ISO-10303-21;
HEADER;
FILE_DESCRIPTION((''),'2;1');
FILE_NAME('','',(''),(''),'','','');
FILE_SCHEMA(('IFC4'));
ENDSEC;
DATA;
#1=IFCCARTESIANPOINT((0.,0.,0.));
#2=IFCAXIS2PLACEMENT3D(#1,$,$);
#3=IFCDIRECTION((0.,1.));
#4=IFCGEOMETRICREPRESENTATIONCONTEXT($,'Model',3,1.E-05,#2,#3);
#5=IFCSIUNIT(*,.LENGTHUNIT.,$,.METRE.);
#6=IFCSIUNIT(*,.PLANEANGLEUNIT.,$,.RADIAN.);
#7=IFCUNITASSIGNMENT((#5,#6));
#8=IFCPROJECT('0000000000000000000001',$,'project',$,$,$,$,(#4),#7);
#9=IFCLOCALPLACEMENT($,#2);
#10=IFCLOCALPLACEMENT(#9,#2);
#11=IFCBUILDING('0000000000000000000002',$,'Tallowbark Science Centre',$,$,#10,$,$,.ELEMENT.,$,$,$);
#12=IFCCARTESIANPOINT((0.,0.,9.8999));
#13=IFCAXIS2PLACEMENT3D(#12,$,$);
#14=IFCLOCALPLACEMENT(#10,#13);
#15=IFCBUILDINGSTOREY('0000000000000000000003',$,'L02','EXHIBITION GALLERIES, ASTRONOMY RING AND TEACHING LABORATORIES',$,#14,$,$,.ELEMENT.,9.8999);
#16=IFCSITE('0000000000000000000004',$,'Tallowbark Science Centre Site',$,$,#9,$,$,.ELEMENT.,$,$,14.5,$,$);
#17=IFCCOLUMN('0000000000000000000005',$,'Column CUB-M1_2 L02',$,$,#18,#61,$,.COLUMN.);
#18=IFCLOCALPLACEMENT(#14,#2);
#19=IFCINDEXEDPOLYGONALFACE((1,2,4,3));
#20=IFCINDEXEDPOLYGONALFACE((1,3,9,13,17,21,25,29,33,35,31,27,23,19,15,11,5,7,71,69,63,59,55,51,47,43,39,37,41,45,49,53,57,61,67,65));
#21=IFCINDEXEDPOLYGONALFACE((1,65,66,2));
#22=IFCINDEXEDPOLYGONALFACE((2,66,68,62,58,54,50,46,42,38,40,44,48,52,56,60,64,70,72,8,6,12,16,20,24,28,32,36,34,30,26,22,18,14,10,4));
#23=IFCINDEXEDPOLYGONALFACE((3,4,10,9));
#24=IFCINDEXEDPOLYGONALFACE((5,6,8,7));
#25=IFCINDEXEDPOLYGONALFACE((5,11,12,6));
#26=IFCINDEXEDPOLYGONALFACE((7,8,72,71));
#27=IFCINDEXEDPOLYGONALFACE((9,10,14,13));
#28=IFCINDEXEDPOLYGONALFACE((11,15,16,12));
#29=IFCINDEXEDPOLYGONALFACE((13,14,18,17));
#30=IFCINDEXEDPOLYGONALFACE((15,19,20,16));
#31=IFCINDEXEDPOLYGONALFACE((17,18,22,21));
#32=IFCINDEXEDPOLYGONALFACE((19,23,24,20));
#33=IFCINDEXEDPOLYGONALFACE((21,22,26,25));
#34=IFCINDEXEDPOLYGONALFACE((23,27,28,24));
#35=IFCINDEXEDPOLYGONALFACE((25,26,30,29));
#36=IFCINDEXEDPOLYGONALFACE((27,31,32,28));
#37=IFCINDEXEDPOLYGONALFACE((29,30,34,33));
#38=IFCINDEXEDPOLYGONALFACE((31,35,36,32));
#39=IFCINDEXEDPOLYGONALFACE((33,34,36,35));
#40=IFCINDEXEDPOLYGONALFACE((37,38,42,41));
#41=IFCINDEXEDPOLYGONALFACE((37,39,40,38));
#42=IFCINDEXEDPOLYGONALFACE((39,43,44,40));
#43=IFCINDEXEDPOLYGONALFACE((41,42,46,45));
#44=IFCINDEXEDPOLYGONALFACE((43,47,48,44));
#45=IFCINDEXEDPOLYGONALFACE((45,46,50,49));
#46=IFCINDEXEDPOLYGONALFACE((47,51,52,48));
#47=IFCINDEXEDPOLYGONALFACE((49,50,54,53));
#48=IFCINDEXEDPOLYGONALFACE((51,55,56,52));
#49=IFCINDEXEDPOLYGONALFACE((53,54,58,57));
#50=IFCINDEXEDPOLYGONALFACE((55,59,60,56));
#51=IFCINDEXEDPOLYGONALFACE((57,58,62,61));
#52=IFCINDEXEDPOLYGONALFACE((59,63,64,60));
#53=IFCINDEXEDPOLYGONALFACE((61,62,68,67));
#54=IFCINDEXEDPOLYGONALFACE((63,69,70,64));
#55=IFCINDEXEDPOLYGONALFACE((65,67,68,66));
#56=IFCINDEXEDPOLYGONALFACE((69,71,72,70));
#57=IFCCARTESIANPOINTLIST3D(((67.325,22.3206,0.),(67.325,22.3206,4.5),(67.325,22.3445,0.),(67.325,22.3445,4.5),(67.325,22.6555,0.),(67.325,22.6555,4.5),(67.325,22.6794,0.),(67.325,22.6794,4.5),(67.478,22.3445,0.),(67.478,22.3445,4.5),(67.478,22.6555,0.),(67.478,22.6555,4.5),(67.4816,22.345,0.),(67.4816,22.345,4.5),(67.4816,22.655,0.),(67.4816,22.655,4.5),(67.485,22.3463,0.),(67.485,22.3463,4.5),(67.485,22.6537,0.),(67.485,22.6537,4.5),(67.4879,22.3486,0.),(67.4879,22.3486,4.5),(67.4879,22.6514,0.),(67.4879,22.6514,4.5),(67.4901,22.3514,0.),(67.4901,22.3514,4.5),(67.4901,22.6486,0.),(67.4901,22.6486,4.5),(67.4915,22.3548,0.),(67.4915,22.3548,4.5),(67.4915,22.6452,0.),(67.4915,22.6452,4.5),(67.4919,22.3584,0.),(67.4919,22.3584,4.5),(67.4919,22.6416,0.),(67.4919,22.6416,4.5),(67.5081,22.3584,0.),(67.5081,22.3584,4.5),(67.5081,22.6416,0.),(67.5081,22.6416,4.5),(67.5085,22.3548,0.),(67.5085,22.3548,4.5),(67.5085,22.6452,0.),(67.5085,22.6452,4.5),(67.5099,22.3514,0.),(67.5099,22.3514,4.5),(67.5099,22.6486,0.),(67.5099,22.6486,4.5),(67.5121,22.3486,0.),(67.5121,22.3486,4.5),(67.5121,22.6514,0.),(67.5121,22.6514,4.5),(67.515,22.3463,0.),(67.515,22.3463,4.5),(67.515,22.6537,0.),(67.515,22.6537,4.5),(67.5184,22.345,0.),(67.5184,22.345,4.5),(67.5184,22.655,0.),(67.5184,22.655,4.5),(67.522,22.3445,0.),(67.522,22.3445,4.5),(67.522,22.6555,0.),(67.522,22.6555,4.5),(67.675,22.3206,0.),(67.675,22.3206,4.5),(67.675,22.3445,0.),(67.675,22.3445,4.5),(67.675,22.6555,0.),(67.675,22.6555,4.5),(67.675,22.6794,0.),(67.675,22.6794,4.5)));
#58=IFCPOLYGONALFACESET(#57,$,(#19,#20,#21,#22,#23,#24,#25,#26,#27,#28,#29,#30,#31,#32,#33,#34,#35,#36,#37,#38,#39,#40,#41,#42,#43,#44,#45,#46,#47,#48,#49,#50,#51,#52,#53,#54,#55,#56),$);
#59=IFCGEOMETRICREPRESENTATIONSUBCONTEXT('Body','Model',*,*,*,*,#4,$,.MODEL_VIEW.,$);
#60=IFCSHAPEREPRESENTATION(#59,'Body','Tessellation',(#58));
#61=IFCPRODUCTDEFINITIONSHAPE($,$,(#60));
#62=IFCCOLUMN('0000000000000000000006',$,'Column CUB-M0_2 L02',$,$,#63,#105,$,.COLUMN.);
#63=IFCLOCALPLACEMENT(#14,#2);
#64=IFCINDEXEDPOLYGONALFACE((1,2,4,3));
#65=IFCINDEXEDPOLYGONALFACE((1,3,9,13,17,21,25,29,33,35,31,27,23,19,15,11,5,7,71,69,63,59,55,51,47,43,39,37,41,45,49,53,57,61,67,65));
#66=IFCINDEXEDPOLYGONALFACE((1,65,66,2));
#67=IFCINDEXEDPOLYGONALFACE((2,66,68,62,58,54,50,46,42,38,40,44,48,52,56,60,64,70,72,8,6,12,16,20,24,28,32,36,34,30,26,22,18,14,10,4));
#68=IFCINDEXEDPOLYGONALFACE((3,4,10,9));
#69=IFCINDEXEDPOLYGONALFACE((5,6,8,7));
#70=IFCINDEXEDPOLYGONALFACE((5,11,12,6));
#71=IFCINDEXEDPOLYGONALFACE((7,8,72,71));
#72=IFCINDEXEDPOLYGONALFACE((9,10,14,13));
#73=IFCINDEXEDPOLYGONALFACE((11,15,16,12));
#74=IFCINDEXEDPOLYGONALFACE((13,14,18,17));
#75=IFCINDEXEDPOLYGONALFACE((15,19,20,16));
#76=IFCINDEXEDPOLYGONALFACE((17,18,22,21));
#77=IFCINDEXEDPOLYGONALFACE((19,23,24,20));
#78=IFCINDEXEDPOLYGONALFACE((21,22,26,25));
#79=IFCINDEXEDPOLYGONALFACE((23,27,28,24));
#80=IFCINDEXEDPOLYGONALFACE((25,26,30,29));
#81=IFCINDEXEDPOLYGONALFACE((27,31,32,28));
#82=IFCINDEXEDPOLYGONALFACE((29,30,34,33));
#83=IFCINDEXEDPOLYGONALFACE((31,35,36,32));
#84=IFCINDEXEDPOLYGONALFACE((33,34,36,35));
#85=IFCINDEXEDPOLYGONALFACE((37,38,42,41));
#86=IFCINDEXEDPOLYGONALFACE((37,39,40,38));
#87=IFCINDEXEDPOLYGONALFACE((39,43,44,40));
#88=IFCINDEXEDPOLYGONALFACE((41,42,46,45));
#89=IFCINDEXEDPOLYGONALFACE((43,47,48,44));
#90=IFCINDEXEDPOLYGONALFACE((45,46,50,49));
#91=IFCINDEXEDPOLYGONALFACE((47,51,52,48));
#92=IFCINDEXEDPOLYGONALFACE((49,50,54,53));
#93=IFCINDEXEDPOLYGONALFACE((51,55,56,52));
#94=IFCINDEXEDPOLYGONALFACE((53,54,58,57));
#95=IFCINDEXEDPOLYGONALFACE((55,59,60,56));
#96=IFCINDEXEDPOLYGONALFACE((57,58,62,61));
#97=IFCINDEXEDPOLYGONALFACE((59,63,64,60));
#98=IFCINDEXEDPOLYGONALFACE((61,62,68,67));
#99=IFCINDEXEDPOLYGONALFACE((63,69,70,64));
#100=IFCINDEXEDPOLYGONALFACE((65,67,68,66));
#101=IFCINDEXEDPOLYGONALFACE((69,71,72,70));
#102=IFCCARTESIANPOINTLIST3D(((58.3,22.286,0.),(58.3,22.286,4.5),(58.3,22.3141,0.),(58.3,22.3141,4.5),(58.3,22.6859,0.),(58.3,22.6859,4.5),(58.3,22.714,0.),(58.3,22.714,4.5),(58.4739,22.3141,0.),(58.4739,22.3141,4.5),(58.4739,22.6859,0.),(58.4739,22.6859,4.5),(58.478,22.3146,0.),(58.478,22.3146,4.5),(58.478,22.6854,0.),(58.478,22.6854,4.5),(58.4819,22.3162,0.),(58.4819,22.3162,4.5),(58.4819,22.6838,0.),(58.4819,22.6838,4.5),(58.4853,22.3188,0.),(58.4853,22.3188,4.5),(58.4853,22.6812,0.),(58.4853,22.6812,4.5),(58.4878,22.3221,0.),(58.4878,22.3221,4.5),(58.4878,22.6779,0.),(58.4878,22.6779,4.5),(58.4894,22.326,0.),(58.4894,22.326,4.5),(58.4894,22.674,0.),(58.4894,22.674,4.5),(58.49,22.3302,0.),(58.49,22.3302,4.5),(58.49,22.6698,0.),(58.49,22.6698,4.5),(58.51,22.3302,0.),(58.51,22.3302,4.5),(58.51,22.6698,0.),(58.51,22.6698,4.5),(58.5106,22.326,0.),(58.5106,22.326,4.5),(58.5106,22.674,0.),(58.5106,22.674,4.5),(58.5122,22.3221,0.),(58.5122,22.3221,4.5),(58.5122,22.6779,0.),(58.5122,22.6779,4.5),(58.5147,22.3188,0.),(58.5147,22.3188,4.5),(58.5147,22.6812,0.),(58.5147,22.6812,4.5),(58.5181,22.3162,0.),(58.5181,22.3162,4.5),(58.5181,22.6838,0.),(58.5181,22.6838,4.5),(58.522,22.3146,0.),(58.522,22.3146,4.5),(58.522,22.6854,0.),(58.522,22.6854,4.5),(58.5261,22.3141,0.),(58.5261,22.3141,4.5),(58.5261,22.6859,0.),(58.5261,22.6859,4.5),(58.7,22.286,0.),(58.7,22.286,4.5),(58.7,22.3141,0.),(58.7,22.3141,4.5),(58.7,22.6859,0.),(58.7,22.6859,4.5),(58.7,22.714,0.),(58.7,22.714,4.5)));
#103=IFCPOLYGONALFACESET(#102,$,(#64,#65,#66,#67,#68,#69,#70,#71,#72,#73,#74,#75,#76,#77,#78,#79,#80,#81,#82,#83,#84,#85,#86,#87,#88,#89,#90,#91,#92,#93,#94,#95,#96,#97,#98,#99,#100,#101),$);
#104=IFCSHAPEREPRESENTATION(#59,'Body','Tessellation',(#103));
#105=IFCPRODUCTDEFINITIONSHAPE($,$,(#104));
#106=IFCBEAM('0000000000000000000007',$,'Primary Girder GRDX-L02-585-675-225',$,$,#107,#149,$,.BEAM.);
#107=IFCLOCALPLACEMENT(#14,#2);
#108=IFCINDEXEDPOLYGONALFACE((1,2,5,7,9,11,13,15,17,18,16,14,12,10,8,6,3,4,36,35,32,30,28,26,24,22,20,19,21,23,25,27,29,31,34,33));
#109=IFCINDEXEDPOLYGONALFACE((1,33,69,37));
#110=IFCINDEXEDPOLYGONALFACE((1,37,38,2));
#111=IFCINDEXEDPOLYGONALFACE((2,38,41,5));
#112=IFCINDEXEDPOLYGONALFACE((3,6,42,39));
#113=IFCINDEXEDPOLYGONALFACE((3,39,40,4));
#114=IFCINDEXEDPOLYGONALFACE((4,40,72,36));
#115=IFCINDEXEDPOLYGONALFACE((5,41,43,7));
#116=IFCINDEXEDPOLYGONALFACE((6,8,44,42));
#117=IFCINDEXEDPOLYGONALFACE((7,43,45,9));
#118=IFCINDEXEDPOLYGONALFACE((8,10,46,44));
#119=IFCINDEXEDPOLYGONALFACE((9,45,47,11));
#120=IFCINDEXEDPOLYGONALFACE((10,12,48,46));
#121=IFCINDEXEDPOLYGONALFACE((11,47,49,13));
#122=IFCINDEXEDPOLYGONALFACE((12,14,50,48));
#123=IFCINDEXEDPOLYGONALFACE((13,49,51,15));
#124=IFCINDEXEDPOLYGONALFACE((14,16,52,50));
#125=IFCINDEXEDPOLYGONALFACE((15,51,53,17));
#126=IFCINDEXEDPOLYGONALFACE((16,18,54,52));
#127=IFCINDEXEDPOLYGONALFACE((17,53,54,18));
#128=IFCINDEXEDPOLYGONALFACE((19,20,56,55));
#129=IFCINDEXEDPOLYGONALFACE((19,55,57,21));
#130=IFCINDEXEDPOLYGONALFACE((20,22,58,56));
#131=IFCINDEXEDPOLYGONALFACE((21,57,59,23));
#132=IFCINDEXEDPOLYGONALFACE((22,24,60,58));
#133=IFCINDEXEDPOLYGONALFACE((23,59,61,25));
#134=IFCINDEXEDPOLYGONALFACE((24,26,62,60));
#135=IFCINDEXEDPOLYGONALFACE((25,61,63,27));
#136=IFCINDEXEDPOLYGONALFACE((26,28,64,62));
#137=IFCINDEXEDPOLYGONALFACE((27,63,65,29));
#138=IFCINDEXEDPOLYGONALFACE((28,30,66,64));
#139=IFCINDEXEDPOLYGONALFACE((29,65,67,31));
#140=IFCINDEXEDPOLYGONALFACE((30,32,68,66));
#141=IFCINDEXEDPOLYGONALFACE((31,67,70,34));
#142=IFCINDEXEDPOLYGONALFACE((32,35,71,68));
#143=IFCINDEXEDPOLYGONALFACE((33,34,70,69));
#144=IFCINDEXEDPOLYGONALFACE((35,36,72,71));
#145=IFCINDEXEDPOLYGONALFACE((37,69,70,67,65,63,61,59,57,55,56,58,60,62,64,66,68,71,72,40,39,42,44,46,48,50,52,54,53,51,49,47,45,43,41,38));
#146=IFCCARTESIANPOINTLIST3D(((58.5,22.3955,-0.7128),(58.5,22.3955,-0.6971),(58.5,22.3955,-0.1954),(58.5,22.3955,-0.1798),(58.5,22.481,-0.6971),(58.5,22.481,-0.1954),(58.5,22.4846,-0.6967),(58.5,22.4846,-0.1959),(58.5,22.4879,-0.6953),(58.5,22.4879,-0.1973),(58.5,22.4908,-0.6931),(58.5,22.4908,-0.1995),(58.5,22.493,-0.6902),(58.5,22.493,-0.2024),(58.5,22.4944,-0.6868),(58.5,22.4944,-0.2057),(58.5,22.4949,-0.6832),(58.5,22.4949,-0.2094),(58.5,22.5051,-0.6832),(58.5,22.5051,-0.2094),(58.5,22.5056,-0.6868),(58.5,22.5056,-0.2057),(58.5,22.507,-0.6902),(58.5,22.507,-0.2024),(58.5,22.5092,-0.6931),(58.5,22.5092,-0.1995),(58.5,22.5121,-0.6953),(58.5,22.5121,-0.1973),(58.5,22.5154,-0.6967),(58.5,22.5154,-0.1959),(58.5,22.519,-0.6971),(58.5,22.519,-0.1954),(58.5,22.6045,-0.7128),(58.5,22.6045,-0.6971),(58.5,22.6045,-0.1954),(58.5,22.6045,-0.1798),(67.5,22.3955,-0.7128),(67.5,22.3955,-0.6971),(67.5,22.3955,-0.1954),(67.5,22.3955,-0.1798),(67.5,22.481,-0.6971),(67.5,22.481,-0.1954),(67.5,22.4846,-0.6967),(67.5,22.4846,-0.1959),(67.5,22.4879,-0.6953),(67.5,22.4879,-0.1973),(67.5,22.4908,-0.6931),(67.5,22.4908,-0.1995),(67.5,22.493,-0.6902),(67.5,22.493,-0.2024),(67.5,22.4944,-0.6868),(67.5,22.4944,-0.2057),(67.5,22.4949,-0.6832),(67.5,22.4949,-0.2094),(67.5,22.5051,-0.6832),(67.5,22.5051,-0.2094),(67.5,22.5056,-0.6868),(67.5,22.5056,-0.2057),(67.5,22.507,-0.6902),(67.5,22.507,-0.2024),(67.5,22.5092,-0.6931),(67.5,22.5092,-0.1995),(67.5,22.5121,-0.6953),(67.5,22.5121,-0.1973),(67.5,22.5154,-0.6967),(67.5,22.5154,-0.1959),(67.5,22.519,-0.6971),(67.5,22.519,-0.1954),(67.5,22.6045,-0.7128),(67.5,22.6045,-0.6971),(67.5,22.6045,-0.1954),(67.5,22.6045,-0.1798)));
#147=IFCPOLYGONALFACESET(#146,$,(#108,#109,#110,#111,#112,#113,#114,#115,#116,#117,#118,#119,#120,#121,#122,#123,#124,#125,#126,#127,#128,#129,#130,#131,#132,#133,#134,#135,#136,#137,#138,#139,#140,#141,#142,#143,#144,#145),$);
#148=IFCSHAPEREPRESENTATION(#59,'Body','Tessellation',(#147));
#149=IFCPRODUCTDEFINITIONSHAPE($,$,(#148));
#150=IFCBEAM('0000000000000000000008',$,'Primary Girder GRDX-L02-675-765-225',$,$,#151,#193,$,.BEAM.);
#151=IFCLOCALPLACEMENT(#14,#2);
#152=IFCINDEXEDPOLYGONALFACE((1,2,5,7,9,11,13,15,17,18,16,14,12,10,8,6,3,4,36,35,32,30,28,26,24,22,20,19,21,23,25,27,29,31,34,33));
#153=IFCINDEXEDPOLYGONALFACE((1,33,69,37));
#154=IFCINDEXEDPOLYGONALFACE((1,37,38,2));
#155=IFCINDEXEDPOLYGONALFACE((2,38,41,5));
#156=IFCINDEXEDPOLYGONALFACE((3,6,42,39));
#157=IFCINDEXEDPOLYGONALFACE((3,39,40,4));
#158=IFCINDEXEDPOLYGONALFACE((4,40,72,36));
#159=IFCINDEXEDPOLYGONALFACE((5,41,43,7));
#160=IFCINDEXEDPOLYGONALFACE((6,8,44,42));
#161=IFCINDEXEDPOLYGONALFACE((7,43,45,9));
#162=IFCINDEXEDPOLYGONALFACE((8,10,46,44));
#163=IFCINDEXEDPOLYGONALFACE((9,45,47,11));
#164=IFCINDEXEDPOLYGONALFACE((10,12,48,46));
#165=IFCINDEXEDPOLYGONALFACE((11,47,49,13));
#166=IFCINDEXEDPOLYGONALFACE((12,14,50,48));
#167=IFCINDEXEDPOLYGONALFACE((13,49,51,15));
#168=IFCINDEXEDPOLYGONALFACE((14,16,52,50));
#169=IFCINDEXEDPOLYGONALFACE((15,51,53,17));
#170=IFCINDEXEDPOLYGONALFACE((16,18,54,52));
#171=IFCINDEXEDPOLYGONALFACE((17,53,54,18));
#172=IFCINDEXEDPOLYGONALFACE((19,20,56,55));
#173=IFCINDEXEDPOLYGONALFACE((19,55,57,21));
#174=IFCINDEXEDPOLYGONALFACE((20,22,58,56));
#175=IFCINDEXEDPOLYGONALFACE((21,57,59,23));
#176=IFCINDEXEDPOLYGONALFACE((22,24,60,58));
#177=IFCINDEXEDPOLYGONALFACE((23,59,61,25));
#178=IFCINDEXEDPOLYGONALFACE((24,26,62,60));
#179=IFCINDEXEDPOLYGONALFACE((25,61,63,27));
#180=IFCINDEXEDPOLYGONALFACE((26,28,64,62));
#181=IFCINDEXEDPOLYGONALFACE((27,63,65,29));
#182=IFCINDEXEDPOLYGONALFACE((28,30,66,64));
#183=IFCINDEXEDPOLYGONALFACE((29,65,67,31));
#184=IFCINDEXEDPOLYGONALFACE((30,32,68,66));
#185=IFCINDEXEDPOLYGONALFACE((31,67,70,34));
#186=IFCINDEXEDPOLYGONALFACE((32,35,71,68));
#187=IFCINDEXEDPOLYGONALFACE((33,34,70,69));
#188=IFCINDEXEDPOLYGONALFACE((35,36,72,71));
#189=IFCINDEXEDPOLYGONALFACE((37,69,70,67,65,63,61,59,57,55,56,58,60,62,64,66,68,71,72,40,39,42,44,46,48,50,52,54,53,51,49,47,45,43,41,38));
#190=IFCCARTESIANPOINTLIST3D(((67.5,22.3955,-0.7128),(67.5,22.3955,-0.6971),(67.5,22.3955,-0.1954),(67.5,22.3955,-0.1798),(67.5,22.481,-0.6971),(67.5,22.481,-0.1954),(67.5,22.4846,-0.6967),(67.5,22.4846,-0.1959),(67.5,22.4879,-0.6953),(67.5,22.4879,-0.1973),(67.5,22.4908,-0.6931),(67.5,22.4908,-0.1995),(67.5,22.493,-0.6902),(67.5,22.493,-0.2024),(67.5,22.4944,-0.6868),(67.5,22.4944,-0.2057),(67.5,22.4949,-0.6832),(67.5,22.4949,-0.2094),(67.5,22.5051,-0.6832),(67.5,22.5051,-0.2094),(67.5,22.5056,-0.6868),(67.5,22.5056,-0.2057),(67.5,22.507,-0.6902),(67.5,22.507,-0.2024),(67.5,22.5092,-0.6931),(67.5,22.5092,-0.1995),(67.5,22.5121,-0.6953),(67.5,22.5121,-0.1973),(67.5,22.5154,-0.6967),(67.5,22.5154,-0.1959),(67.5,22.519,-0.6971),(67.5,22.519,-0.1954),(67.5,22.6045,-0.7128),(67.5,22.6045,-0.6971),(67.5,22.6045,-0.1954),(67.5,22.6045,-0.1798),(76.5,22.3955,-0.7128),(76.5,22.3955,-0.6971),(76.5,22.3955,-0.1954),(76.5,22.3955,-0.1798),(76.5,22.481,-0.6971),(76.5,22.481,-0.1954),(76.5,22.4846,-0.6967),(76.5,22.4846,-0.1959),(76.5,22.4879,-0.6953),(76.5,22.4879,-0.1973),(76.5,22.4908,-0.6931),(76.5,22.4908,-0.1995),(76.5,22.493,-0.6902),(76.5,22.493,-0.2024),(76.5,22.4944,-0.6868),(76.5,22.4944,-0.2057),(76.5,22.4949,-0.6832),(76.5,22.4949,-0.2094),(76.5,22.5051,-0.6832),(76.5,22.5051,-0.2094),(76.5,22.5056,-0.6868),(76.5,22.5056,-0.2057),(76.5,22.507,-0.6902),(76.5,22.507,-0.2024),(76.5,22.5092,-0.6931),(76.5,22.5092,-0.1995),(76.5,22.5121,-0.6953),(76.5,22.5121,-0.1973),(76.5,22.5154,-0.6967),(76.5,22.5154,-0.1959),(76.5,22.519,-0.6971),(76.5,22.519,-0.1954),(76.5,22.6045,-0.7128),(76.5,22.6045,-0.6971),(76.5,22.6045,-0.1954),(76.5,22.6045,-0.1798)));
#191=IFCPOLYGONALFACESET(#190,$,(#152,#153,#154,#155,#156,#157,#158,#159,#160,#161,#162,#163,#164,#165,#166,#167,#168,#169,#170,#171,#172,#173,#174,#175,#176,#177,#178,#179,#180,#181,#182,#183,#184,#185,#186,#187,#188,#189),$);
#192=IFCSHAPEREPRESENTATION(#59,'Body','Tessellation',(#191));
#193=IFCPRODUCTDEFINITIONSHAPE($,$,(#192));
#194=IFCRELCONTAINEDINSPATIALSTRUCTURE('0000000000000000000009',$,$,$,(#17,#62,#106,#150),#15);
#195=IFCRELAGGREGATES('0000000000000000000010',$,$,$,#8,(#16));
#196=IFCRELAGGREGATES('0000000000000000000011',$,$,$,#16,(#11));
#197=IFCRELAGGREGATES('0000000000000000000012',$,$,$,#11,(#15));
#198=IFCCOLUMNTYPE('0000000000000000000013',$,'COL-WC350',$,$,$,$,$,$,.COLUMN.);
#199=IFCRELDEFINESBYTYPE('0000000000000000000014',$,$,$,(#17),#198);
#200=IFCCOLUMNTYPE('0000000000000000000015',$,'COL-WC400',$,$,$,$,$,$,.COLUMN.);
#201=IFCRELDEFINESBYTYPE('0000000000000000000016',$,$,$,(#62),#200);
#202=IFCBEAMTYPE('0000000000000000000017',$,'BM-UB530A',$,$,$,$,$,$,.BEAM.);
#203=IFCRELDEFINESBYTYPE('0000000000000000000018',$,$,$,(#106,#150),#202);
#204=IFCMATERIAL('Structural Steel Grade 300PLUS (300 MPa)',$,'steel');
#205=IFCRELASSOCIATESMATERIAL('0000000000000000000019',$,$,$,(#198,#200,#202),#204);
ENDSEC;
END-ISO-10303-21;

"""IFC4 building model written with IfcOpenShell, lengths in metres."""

from ifc_helpers import new_model, si_unit, direction, frame, origin, origin_2d, place, context, subcontext, project, spatial, i_section, extrude, material, material_profile, profile_set, type_object, element, save


model = new_model("IFC4")

# Units and contexts
model_context = context("Model", 3, precision=1e-05, world=origin(), true_north=direction((0.0, 1.0)))
body_context = subcontext(model_context, "Body", "Model", "MODEL_VIEW")
ifc_project = project(units=[si_unit("LENGTHUNIT", "METRE"), si_unit("PLANEANGLEUNIT", "RADIAN")], contexts=[model_context])

# Site, building, storey
site_placement = place(None, origin())
site = spatial("IfcSite", under=ifc_project, at=site_placement, Name="Tallowbark Science Centre Site", CompositionType="ELEMENT", RefElevation=14.5)
building_placement = place(site_placement, origin())
building = spatial("IfcBuilding", under=site, at=building_placement, Name="Tallowbark Science Centre", CompositionType="ELEMENT")
storey_placement = place(building_placement, frame((0.0, 0.0, 9.8999)))
storey = spatial("IfcBuildingStorey", under=building, at=storey_placement, Name="L02", Description="EXHIBITION GALLERIES, ASTRONOMY RING AND TEACHING LABORATORIES", CompositionType="ELEMENT", Elevation=9.8999)

# Columns
ifc_material_1 = material(Name="Structural Steel Grade 300PLUS (300 MPa)", Category="steel")
ifc_material_profile_1 = material_profile(ifc_material_1, i_section(OverallWidth=0.3501, OverallDepth=0.3589, WebThickness=0.0161, FlangeThickness=0.0239, FilletRadius=0.0139, at=origin_2d()), Name="350WC197")
ifc_profile_set_1 = profile_set([ifc_material_profile_1], Name="Structural Steel Grade 300PLUS (300 MPa)")
column_type_1 = type_object("IfcColumnType", Name="COL-WC350", PredefinedType="COLUMN", material=ifc_profile_set_1)
column_1_placement = place(storey_placement, frame((67.5, 22.5, 0.0), z_axis=(0.0, 0.0, 1.0), x_axis=(1.0, 0.0, 0.0)))
element("IfcColumn", 1, at=column_1_placement, inside=storey, type_object=column_type_1, Name="Column CUB-M1_2 L02", PredefinedType="COLUMN", context=body_context, shape_type="SweptSolid", body=[
    extrude(i_section(OverallWidth=0.3501, OverallDepth=0.3589, WebThickness=0.0161, FlangeThickness=0.0239, FilletRadius=0.0139, at=origin_2d()), origin(), (0.0, 0.0, 1.0), 4.5),
])
ifc_material_profile_2 = material_profile(ifc_material_1, i_section(OverallWidth=0.3999, OverallDepth=0.428, WebThickness=0.02, FlangeThickness=0.0281, FilletRadius=0.0161, at=origin_2d()), Name="400WC270")
ifc_profile_set_2 = profile_set([ifc_material_profile_2], Name="Structural Steel Grade 300PLUS (300 MPa)")
column_type_2 = type_object("IfcColumnType", Name="COL-WC400", PredefinedType="COLUMN", material=ifc_profile_set_2)
column_2_placement = place(storey_placement, frame((58.5, 22.5, 0.0), z_axis=(0.0, 0.0, 1.0), x_axis=(1.0, 0.0, 0.0)))
element("IfcColumn", 2, at=column_2_placement, inside=storey, type_object=column_type_2, Name="Column CUB-M0_2 L02", PredefinedType="COLUMN", context=body_context, shape_type="SweptSolid", body=[
    extrude(i_section(OverallWidth=0.3999, OverallDepth=0.428, WebThickness=0.02, FlangeThickness=0.0281, FilletRadius=0.0161, at=origin_2d()), origin(), (0.0, 0.0, 1.0), 4.5),
])

# Beams
ifc_material_profile_3 = material_profile(ifc_material_1, i_section(OverallWidth=0.209, OverallDepth=0.533, WebThickness=0.0103, FlangeThickness=0.0156, FilletRadius=0.0139, at=origin_2d()), Name="530UB92.4")
ifc_profile_set_3 = profile_set([ifc_material_profile_3], Name="Structural Steel Grade 300PLUS (300 MPa)")
beam_type_1 = type_object("IfcBeamType", Name="BM-UB530A", PredefinedType="BEAM", material=ifc_profile_set_3)
for number, where, z_axis, x_axis, name in (
    (3, (58.5, 22.5, -0.4463), (1.0, 0.0, 0.0), (0.0, 1.0, 0.0), "Primary Girder GRDX-L02-585-675-225"),
    (4, (67.5, 22.5, -0.4463), (1.0, 0.0, 0.0), (0.0, 1.0, 0.0), "Primary Girder GRDX-L02-675-765-225"),
):
    element("IfcBeam", number, at=place(storey_placement, frame(where, z_axis=z_axis, x_axis=x_axis)), inside=storey, type_object=beam_type_1, Name=name, PredefinedType="BEAM", context=body_context, shape_type="SweptSolid", body=[
        extrude(i_section(OverallWidth=0.209, OverallDepth=0.533, WebThickness=0.0103, FlangeThickness=0.0156, FilletRadius=0.0139, at=origin_2d()), origin(), (0.0, 0.0, 1.0), 9.0),
    ])

save(model, "model.ifc")
